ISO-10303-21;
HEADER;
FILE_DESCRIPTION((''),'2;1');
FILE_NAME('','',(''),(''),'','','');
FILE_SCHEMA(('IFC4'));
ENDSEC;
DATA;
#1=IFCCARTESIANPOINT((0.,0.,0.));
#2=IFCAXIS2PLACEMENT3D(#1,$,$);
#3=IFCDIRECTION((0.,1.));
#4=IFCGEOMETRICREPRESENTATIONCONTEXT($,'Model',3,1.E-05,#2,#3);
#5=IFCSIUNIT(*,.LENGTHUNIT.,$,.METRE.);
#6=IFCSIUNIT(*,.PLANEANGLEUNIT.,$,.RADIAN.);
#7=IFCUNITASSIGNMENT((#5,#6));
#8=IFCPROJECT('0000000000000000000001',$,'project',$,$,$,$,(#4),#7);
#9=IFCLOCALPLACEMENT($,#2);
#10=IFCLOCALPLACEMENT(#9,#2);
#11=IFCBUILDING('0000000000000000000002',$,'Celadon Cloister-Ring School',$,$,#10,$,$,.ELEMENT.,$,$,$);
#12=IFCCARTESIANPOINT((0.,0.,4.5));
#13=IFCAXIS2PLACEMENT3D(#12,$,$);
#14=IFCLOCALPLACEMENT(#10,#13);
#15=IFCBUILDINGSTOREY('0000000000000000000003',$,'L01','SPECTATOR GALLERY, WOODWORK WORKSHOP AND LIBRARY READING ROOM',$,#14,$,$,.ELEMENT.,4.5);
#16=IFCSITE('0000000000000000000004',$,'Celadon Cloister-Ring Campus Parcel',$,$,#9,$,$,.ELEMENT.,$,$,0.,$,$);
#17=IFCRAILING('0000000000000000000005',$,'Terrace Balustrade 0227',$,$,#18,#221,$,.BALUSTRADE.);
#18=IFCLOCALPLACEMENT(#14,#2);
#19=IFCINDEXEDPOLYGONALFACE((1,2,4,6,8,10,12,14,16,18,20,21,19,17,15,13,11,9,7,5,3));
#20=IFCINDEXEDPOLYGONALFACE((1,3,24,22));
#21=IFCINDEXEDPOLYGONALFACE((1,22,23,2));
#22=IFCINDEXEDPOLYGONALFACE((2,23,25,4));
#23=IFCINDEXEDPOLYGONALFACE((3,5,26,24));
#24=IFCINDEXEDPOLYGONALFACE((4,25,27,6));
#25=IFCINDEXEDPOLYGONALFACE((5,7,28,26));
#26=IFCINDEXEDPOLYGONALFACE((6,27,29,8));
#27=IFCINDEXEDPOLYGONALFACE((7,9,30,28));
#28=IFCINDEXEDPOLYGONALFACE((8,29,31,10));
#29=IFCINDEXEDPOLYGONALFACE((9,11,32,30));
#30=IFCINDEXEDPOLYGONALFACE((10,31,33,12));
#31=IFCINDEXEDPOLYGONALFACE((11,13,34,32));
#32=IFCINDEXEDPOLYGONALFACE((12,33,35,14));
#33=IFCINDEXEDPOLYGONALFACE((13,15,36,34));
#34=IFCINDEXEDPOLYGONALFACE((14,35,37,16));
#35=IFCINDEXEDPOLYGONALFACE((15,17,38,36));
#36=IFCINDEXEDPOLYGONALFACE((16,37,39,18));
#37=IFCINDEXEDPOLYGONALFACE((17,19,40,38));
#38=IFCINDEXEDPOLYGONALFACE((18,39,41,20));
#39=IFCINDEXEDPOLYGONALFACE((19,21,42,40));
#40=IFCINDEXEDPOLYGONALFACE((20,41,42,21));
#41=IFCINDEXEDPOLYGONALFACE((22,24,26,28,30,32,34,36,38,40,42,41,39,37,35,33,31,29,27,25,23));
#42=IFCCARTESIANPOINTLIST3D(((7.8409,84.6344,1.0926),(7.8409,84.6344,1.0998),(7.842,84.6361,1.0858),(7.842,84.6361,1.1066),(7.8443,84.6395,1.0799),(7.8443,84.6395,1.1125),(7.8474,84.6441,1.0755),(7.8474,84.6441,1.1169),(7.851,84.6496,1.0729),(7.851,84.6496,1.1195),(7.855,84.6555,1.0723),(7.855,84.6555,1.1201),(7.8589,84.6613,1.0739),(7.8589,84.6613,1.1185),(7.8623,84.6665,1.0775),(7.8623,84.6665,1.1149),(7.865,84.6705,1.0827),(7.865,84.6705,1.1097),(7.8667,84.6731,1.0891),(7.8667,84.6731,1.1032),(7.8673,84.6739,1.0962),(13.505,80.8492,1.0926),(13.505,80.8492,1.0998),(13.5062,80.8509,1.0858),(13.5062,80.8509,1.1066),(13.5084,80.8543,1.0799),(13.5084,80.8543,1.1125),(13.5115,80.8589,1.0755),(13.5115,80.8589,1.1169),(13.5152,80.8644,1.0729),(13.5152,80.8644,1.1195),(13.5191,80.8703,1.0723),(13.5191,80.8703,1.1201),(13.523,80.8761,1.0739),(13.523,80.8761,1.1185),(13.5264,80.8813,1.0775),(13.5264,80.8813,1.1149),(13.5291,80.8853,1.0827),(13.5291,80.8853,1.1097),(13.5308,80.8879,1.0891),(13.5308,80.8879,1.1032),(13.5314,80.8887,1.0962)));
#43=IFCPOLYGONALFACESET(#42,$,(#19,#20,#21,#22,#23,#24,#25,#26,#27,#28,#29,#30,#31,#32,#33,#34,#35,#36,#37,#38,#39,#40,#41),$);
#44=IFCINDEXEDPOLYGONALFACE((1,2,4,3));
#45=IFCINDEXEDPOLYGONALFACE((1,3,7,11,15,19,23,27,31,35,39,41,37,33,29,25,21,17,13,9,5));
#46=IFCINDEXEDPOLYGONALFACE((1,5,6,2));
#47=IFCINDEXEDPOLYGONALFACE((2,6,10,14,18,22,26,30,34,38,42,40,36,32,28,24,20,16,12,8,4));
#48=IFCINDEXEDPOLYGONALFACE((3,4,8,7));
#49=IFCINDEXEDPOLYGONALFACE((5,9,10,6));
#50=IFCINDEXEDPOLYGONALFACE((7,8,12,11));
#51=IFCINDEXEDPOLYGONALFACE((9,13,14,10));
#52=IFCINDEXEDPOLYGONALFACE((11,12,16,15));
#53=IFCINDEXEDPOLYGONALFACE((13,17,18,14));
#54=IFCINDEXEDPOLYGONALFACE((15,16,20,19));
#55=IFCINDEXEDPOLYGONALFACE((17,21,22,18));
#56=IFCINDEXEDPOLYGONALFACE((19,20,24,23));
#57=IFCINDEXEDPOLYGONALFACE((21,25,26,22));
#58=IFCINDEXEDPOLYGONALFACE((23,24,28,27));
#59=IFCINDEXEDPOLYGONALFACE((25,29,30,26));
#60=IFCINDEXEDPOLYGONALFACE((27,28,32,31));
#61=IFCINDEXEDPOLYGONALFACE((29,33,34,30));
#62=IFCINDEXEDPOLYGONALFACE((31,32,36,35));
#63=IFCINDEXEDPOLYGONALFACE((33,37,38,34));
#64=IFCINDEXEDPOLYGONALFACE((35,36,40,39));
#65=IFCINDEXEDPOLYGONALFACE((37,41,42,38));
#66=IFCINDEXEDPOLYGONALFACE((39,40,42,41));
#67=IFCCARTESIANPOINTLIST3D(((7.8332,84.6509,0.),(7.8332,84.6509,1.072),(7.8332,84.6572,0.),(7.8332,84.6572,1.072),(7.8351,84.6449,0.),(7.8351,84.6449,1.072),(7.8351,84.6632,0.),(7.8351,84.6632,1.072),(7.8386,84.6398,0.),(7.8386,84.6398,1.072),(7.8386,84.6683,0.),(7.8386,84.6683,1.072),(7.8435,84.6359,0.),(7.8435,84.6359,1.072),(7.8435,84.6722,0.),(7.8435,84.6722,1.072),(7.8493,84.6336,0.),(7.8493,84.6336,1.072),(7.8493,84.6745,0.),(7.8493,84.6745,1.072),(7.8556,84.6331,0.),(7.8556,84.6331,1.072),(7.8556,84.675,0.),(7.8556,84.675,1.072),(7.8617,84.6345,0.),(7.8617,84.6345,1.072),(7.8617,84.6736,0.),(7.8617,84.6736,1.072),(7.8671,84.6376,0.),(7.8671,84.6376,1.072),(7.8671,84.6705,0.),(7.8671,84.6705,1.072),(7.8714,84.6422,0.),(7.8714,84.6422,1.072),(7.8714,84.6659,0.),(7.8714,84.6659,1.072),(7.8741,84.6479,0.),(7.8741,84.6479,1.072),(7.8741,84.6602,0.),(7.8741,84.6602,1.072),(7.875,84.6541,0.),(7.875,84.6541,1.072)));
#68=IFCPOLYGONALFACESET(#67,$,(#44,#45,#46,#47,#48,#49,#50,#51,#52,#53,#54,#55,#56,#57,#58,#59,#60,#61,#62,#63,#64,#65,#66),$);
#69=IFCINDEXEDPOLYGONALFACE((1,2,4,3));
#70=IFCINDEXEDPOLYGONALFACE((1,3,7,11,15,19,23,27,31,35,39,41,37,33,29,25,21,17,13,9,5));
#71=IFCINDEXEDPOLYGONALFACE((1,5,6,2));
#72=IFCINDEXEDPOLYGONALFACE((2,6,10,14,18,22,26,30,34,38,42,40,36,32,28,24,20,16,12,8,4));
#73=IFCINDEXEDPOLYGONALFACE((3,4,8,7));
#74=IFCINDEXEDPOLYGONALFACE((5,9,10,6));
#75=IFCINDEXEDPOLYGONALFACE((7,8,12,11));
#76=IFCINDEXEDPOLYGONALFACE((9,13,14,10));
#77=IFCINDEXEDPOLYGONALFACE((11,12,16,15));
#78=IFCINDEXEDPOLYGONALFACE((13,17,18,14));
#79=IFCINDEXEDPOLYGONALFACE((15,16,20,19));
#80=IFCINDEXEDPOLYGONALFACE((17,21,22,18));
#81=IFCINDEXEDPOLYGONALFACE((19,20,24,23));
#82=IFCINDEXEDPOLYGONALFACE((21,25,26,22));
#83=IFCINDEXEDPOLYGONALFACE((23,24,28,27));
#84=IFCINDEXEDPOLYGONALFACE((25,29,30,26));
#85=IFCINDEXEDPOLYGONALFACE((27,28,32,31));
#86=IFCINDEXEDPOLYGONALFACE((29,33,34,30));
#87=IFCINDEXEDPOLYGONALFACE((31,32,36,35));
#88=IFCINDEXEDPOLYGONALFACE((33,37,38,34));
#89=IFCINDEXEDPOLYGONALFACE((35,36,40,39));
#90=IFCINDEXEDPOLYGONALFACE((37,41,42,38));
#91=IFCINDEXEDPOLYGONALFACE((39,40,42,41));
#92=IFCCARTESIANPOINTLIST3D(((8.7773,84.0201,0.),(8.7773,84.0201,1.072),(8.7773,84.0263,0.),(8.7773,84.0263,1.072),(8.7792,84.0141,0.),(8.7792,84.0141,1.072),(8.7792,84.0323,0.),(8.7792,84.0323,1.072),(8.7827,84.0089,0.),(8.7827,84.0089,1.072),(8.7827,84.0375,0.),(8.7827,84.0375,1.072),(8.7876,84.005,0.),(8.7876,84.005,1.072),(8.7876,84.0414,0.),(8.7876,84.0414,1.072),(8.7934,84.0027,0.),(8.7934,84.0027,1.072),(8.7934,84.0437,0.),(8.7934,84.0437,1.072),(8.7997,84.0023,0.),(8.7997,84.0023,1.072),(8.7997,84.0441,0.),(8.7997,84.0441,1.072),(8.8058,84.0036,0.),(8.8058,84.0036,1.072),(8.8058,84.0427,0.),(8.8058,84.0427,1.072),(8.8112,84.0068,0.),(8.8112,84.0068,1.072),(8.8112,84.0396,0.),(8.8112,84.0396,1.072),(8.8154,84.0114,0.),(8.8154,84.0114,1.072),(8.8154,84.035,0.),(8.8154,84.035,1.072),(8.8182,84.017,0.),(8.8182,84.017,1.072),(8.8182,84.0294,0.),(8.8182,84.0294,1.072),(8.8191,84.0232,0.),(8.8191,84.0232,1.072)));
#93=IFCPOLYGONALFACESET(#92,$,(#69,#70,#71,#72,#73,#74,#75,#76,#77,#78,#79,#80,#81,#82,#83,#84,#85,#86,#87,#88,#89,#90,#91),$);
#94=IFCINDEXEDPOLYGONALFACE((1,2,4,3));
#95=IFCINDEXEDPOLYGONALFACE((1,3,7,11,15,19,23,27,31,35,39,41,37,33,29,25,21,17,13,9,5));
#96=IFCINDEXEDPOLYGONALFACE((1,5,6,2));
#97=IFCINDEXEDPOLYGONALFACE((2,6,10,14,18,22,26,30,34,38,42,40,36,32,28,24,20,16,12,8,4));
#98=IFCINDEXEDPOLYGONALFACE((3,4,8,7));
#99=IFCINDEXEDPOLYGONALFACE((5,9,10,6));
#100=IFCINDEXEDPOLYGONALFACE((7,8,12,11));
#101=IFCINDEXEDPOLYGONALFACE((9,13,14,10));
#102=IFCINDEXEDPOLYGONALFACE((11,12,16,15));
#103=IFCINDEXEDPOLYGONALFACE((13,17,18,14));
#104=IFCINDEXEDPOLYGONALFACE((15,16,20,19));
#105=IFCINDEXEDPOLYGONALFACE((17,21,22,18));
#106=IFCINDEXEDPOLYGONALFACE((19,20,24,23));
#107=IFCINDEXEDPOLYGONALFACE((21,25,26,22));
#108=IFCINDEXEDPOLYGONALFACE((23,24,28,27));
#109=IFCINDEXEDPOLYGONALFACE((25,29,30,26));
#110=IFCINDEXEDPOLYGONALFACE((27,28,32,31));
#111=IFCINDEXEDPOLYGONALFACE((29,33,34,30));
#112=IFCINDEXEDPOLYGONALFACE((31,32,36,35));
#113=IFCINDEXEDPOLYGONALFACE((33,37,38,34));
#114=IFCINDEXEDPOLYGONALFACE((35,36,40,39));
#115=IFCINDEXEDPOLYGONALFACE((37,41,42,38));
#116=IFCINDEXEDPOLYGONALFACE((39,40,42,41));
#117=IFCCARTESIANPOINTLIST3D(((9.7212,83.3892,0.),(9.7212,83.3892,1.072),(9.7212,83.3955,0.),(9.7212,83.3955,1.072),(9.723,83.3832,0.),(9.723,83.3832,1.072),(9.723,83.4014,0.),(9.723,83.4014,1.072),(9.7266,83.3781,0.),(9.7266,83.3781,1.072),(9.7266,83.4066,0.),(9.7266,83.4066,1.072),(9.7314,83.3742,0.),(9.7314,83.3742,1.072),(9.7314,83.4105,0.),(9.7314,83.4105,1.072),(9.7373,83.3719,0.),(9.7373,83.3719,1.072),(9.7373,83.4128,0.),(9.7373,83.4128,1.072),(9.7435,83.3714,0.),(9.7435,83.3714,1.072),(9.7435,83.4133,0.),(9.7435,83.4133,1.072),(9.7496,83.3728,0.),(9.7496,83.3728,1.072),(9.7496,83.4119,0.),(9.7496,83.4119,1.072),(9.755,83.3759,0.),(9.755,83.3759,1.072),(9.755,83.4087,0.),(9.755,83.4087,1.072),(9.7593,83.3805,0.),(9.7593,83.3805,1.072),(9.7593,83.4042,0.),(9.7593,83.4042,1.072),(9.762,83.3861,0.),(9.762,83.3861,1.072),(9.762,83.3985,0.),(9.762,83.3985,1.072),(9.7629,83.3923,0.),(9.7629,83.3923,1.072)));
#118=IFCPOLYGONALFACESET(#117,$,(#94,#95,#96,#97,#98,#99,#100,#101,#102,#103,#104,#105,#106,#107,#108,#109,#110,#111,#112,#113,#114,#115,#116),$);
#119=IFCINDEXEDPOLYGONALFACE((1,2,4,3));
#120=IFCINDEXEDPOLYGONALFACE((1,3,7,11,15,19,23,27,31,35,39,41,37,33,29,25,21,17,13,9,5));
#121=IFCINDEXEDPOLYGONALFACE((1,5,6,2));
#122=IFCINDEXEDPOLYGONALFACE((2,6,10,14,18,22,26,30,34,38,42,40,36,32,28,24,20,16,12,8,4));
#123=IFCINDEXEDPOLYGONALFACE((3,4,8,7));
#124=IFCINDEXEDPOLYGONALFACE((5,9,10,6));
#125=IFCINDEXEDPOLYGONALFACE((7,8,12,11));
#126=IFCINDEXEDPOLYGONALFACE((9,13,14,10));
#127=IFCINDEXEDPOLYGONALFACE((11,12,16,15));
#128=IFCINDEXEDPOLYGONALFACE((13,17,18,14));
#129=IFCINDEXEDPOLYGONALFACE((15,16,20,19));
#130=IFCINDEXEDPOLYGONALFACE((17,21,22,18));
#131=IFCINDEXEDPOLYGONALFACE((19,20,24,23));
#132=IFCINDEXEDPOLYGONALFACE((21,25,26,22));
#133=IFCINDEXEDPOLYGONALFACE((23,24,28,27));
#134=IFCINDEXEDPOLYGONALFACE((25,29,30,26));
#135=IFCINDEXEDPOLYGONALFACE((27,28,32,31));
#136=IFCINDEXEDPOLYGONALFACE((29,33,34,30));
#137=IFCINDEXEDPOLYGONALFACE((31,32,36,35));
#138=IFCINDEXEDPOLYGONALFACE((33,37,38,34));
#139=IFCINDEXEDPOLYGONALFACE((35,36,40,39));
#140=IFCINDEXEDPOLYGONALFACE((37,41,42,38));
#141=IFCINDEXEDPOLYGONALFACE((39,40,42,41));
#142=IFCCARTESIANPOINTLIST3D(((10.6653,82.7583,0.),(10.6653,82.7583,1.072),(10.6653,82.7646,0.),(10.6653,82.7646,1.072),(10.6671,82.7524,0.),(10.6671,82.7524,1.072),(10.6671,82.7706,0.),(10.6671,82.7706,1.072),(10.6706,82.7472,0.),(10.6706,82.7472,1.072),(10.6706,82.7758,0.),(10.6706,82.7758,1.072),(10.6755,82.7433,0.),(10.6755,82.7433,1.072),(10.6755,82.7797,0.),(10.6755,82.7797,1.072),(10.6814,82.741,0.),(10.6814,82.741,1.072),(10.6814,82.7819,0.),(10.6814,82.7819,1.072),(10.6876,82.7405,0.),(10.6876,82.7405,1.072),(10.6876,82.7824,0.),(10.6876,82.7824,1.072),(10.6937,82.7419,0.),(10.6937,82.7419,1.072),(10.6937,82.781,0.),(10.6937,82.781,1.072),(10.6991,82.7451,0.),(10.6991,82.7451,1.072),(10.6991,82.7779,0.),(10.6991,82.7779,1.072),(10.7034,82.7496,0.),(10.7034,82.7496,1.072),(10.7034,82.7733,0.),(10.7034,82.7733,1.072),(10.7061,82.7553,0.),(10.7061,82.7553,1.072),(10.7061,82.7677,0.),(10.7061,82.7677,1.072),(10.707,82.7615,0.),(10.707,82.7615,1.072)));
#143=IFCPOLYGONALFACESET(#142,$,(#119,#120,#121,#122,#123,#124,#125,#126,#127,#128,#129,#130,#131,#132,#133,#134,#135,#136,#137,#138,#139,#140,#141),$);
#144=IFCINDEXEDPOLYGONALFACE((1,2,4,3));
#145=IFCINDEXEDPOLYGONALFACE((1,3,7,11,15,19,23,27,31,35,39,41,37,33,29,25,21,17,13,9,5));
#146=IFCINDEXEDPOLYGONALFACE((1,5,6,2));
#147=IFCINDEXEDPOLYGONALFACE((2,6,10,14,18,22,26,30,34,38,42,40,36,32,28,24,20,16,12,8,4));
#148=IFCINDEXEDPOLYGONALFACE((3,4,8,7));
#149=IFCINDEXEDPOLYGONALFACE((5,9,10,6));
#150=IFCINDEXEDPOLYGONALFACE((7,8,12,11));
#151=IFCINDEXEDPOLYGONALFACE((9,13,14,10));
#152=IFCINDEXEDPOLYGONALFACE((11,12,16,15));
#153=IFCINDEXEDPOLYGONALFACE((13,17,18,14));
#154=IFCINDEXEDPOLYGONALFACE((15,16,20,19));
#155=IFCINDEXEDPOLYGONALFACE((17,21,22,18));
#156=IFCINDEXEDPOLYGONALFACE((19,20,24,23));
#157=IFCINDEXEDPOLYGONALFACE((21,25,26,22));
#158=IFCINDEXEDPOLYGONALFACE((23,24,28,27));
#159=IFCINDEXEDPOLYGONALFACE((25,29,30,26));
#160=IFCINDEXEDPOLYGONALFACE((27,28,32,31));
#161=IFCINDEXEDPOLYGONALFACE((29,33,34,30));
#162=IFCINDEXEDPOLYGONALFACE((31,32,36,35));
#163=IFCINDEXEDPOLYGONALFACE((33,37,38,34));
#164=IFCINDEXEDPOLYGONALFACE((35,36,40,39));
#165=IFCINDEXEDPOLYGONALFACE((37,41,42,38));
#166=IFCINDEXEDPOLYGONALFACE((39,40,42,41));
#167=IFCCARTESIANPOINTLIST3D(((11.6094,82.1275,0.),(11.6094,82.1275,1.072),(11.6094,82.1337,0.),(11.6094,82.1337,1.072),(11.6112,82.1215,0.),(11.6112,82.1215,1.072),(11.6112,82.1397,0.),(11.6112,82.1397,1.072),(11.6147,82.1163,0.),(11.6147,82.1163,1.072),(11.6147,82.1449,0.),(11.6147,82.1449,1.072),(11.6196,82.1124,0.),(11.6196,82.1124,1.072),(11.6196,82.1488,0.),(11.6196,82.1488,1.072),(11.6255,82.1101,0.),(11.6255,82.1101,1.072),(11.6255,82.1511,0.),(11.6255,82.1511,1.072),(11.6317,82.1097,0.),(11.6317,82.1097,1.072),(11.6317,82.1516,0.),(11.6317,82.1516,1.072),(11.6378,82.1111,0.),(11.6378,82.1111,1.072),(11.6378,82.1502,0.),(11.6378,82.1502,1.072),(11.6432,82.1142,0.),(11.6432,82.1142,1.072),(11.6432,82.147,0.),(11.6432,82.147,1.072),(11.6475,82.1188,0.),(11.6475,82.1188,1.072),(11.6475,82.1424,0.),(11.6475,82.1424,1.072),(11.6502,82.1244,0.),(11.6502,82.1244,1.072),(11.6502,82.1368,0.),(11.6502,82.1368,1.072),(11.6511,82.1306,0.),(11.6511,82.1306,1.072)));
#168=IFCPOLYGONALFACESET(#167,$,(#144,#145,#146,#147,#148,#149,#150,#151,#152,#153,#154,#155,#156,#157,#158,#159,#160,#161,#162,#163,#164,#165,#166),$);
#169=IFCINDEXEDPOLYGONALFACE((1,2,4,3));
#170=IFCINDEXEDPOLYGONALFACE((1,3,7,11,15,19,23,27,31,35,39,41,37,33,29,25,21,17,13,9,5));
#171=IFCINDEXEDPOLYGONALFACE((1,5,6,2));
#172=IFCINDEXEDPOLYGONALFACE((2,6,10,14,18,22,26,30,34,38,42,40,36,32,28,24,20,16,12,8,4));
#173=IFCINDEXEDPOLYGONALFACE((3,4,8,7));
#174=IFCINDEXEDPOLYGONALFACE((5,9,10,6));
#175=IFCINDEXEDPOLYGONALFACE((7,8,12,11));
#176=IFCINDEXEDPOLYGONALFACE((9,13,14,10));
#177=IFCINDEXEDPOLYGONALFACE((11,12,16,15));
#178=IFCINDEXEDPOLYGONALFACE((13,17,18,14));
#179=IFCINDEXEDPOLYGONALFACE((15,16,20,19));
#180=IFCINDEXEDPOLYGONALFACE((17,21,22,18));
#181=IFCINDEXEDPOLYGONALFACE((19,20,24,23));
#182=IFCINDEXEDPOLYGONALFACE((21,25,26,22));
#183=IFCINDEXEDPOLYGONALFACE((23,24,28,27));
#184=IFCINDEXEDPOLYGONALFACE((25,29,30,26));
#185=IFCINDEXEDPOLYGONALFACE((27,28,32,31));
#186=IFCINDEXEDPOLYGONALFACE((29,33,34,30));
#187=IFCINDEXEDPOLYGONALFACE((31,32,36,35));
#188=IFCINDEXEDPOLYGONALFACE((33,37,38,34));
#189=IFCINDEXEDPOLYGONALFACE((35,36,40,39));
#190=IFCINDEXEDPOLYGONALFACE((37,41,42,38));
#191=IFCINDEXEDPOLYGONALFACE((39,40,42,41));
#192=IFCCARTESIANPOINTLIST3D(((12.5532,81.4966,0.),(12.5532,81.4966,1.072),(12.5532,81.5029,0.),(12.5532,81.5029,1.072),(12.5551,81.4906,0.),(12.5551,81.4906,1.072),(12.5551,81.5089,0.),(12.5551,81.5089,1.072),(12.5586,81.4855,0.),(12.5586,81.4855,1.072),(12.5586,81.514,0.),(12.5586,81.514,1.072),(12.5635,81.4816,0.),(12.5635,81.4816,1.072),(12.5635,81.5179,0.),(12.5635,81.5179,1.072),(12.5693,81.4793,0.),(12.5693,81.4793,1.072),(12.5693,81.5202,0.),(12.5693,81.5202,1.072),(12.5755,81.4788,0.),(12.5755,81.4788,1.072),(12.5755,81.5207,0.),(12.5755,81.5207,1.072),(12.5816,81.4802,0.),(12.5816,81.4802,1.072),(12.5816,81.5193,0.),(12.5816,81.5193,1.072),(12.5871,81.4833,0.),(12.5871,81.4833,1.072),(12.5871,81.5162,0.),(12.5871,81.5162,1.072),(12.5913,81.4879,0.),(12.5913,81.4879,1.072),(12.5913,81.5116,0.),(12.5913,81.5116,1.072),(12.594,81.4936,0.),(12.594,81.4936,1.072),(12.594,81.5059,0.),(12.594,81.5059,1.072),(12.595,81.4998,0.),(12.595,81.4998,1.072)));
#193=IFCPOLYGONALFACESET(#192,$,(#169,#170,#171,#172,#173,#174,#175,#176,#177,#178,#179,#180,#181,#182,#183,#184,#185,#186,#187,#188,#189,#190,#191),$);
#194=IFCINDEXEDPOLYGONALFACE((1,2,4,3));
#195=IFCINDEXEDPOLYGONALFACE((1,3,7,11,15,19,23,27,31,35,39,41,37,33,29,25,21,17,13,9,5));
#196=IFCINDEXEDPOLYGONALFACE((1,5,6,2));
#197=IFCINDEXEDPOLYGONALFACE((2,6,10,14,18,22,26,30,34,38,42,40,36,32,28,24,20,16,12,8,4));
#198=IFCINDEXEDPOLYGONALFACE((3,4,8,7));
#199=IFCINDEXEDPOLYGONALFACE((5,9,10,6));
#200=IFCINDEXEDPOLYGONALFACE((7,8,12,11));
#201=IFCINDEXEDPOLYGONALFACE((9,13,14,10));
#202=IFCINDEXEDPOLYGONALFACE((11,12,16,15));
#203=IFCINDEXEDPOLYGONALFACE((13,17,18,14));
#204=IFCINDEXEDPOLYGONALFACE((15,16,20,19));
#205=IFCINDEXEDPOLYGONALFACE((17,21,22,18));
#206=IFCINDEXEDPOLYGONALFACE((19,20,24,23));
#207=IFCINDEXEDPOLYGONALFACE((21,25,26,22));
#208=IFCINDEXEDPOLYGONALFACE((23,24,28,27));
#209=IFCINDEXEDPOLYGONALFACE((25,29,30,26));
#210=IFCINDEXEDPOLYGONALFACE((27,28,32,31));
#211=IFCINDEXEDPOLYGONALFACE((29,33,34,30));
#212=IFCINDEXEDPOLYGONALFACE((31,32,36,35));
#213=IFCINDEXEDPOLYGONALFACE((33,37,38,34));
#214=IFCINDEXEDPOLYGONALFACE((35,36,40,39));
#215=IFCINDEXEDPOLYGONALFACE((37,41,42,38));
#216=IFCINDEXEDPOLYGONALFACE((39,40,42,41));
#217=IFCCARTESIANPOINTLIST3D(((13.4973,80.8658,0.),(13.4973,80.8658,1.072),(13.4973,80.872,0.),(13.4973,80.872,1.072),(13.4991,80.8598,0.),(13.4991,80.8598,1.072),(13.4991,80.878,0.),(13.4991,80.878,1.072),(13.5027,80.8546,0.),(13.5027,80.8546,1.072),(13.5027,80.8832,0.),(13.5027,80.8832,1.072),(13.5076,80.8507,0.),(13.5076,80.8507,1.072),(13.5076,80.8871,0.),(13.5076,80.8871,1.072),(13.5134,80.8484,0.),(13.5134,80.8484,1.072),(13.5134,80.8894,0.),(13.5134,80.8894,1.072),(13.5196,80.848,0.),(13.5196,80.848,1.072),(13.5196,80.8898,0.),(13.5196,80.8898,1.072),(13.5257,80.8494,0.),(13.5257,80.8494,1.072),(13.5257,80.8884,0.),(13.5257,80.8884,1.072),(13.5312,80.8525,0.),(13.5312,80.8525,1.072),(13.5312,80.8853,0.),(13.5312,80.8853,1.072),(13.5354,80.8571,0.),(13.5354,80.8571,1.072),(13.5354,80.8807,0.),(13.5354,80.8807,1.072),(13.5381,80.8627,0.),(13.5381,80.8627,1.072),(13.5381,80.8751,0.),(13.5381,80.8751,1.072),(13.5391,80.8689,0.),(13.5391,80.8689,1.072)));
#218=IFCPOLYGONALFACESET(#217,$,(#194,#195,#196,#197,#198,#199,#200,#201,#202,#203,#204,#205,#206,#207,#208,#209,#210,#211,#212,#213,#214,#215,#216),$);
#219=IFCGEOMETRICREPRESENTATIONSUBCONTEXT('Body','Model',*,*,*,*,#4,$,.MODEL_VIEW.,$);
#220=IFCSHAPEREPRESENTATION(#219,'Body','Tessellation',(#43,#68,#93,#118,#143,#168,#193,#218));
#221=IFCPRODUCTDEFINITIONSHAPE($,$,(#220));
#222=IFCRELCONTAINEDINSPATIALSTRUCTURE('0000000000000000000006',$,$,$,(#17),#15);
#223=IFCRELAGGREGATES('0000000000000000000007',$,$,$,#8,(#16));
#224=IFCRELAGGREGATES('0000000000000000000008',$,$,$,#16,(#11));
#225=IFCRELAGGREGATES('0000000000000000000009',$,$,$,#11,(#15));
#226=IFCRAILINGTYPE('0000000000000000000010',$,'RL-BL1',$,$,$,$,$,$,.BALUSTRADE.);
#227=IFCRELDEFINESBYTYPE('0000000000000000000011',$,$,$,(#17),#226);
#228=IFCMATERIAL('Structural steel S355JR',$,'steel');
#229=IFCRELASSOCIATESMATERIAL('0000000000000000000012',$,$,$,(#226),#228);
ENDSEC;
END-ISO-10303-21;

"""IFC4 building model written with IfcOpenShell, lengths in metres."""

from ifc_helpers import new_model, si_unit, direction, frame, origin, origin_2d, place, context, subcontext, project, spatial, circle, extrude, material, type_object, element, save


model = new_model("IFC4")

# Units and contexts
model_context = context("Model", 3, precision=1e-05, world=origin(), true_north=direction((0.0, 1.0)))
body_context = subcontext(model_context, "Body", "Model", "MODEL_VIEW")
ifc_project = project(units=[si_unit("LENGTHUNIT", "METRE"), si_unit("PLANEANGLEUNIT", "RADIAN")], contexts=[model_context])

# Site, building, storey
site_placement = place(None, origin())
site = spatial("IfcSite", under=ifc_project, at=site_placement, Name="Celadon Cloister-Ring Campus Parcel", CompositionType="ELEMENT", RefElevation=0.0)
building_placement = place(site_placement, origin())
building = spatial("IfcBuilding", under=site, at=building_placement, Name="Celadon Cloister-Ring School", CompositionType="ELEMENT")
storey_placement = place(building_placement, frame((0.0, 0.0, 4.5)))
storey = spatial("IfcBuildingStorey", under=building, at=storey_placement, Name="L01", Description="SPECTATOR GALLERY, WOODWORK WORKSHOP AND LIBRARY READING ROOM", CompositionType="ELEMENT", Elevation=4.5)

# Railing
ifc_material_1 = material(Name="Structural steel S355JR", Category="steel")
railing_type = type_object("IfcRailingType", Name="RL-BL1", PredefinedType="BALUSTRADE", material=ifc_material_1)
railing_1_placement = place(storey_placement, frame((7.854, 84.6541, 0.0)))
element("IfcRailing", 1, at=railing_1_placement, inside=storey, type_object=railing_type, Name="Terrace Balustrade 0227", PredefinedType="BALUSTRADE", context=body_context, shape_type="SweptSolid", body=[
    extrude(circle(Radius=0.0239, at=origin_2d()), frame((0.0, 0.0, 1.0962), z_axis=(0.831432, -0.555626, 0.0), x_axis=(0.555626, 0.831432, 0.0)), (0.0, 0.0, 1.0), 6.8125),
    extrude(circle(Radius=0.021, at=origin_2d()), origin(), (0.0, 0.0, 1.0), 1.072),
    extrude(circle(Radius=0.021, at=origin_2d()), frame((0.9441, -0.6309, 0.0)), (0.0, 0.0, 1.0), 1.072),
    extrude(circle(Radius=0.021, at=origin_2d()), frame((1.8879, -1.2617, 0.0)), (0.0, 0.0, 1.0), 1.072),
    extrude(circle(Radius=0.021, at=origin_2d()), frame((2.832, -1.8926, 0.0)), (0.0, 0.0, 1.0), 1.072),
    extrude(circle(Radius=0.021, at=origin_2d()), frame((3.7761, -2.5234, 0.0)), (0.0, 0.0, 1.0), 1.072),
    extrude(circle(Radius=0.021, at=origin_2d()), frame((4.72, -3.1543, 0.0)), (0.0, 0.0, 1.0), 1.072),
    extrude(circle(Radius=0.021, at=origin_2d()), frame((5.6641, -3.7852, 0.0)), (0.0, 0.0, 1.0), 1.072),
])

save(model, "model.ifc")
